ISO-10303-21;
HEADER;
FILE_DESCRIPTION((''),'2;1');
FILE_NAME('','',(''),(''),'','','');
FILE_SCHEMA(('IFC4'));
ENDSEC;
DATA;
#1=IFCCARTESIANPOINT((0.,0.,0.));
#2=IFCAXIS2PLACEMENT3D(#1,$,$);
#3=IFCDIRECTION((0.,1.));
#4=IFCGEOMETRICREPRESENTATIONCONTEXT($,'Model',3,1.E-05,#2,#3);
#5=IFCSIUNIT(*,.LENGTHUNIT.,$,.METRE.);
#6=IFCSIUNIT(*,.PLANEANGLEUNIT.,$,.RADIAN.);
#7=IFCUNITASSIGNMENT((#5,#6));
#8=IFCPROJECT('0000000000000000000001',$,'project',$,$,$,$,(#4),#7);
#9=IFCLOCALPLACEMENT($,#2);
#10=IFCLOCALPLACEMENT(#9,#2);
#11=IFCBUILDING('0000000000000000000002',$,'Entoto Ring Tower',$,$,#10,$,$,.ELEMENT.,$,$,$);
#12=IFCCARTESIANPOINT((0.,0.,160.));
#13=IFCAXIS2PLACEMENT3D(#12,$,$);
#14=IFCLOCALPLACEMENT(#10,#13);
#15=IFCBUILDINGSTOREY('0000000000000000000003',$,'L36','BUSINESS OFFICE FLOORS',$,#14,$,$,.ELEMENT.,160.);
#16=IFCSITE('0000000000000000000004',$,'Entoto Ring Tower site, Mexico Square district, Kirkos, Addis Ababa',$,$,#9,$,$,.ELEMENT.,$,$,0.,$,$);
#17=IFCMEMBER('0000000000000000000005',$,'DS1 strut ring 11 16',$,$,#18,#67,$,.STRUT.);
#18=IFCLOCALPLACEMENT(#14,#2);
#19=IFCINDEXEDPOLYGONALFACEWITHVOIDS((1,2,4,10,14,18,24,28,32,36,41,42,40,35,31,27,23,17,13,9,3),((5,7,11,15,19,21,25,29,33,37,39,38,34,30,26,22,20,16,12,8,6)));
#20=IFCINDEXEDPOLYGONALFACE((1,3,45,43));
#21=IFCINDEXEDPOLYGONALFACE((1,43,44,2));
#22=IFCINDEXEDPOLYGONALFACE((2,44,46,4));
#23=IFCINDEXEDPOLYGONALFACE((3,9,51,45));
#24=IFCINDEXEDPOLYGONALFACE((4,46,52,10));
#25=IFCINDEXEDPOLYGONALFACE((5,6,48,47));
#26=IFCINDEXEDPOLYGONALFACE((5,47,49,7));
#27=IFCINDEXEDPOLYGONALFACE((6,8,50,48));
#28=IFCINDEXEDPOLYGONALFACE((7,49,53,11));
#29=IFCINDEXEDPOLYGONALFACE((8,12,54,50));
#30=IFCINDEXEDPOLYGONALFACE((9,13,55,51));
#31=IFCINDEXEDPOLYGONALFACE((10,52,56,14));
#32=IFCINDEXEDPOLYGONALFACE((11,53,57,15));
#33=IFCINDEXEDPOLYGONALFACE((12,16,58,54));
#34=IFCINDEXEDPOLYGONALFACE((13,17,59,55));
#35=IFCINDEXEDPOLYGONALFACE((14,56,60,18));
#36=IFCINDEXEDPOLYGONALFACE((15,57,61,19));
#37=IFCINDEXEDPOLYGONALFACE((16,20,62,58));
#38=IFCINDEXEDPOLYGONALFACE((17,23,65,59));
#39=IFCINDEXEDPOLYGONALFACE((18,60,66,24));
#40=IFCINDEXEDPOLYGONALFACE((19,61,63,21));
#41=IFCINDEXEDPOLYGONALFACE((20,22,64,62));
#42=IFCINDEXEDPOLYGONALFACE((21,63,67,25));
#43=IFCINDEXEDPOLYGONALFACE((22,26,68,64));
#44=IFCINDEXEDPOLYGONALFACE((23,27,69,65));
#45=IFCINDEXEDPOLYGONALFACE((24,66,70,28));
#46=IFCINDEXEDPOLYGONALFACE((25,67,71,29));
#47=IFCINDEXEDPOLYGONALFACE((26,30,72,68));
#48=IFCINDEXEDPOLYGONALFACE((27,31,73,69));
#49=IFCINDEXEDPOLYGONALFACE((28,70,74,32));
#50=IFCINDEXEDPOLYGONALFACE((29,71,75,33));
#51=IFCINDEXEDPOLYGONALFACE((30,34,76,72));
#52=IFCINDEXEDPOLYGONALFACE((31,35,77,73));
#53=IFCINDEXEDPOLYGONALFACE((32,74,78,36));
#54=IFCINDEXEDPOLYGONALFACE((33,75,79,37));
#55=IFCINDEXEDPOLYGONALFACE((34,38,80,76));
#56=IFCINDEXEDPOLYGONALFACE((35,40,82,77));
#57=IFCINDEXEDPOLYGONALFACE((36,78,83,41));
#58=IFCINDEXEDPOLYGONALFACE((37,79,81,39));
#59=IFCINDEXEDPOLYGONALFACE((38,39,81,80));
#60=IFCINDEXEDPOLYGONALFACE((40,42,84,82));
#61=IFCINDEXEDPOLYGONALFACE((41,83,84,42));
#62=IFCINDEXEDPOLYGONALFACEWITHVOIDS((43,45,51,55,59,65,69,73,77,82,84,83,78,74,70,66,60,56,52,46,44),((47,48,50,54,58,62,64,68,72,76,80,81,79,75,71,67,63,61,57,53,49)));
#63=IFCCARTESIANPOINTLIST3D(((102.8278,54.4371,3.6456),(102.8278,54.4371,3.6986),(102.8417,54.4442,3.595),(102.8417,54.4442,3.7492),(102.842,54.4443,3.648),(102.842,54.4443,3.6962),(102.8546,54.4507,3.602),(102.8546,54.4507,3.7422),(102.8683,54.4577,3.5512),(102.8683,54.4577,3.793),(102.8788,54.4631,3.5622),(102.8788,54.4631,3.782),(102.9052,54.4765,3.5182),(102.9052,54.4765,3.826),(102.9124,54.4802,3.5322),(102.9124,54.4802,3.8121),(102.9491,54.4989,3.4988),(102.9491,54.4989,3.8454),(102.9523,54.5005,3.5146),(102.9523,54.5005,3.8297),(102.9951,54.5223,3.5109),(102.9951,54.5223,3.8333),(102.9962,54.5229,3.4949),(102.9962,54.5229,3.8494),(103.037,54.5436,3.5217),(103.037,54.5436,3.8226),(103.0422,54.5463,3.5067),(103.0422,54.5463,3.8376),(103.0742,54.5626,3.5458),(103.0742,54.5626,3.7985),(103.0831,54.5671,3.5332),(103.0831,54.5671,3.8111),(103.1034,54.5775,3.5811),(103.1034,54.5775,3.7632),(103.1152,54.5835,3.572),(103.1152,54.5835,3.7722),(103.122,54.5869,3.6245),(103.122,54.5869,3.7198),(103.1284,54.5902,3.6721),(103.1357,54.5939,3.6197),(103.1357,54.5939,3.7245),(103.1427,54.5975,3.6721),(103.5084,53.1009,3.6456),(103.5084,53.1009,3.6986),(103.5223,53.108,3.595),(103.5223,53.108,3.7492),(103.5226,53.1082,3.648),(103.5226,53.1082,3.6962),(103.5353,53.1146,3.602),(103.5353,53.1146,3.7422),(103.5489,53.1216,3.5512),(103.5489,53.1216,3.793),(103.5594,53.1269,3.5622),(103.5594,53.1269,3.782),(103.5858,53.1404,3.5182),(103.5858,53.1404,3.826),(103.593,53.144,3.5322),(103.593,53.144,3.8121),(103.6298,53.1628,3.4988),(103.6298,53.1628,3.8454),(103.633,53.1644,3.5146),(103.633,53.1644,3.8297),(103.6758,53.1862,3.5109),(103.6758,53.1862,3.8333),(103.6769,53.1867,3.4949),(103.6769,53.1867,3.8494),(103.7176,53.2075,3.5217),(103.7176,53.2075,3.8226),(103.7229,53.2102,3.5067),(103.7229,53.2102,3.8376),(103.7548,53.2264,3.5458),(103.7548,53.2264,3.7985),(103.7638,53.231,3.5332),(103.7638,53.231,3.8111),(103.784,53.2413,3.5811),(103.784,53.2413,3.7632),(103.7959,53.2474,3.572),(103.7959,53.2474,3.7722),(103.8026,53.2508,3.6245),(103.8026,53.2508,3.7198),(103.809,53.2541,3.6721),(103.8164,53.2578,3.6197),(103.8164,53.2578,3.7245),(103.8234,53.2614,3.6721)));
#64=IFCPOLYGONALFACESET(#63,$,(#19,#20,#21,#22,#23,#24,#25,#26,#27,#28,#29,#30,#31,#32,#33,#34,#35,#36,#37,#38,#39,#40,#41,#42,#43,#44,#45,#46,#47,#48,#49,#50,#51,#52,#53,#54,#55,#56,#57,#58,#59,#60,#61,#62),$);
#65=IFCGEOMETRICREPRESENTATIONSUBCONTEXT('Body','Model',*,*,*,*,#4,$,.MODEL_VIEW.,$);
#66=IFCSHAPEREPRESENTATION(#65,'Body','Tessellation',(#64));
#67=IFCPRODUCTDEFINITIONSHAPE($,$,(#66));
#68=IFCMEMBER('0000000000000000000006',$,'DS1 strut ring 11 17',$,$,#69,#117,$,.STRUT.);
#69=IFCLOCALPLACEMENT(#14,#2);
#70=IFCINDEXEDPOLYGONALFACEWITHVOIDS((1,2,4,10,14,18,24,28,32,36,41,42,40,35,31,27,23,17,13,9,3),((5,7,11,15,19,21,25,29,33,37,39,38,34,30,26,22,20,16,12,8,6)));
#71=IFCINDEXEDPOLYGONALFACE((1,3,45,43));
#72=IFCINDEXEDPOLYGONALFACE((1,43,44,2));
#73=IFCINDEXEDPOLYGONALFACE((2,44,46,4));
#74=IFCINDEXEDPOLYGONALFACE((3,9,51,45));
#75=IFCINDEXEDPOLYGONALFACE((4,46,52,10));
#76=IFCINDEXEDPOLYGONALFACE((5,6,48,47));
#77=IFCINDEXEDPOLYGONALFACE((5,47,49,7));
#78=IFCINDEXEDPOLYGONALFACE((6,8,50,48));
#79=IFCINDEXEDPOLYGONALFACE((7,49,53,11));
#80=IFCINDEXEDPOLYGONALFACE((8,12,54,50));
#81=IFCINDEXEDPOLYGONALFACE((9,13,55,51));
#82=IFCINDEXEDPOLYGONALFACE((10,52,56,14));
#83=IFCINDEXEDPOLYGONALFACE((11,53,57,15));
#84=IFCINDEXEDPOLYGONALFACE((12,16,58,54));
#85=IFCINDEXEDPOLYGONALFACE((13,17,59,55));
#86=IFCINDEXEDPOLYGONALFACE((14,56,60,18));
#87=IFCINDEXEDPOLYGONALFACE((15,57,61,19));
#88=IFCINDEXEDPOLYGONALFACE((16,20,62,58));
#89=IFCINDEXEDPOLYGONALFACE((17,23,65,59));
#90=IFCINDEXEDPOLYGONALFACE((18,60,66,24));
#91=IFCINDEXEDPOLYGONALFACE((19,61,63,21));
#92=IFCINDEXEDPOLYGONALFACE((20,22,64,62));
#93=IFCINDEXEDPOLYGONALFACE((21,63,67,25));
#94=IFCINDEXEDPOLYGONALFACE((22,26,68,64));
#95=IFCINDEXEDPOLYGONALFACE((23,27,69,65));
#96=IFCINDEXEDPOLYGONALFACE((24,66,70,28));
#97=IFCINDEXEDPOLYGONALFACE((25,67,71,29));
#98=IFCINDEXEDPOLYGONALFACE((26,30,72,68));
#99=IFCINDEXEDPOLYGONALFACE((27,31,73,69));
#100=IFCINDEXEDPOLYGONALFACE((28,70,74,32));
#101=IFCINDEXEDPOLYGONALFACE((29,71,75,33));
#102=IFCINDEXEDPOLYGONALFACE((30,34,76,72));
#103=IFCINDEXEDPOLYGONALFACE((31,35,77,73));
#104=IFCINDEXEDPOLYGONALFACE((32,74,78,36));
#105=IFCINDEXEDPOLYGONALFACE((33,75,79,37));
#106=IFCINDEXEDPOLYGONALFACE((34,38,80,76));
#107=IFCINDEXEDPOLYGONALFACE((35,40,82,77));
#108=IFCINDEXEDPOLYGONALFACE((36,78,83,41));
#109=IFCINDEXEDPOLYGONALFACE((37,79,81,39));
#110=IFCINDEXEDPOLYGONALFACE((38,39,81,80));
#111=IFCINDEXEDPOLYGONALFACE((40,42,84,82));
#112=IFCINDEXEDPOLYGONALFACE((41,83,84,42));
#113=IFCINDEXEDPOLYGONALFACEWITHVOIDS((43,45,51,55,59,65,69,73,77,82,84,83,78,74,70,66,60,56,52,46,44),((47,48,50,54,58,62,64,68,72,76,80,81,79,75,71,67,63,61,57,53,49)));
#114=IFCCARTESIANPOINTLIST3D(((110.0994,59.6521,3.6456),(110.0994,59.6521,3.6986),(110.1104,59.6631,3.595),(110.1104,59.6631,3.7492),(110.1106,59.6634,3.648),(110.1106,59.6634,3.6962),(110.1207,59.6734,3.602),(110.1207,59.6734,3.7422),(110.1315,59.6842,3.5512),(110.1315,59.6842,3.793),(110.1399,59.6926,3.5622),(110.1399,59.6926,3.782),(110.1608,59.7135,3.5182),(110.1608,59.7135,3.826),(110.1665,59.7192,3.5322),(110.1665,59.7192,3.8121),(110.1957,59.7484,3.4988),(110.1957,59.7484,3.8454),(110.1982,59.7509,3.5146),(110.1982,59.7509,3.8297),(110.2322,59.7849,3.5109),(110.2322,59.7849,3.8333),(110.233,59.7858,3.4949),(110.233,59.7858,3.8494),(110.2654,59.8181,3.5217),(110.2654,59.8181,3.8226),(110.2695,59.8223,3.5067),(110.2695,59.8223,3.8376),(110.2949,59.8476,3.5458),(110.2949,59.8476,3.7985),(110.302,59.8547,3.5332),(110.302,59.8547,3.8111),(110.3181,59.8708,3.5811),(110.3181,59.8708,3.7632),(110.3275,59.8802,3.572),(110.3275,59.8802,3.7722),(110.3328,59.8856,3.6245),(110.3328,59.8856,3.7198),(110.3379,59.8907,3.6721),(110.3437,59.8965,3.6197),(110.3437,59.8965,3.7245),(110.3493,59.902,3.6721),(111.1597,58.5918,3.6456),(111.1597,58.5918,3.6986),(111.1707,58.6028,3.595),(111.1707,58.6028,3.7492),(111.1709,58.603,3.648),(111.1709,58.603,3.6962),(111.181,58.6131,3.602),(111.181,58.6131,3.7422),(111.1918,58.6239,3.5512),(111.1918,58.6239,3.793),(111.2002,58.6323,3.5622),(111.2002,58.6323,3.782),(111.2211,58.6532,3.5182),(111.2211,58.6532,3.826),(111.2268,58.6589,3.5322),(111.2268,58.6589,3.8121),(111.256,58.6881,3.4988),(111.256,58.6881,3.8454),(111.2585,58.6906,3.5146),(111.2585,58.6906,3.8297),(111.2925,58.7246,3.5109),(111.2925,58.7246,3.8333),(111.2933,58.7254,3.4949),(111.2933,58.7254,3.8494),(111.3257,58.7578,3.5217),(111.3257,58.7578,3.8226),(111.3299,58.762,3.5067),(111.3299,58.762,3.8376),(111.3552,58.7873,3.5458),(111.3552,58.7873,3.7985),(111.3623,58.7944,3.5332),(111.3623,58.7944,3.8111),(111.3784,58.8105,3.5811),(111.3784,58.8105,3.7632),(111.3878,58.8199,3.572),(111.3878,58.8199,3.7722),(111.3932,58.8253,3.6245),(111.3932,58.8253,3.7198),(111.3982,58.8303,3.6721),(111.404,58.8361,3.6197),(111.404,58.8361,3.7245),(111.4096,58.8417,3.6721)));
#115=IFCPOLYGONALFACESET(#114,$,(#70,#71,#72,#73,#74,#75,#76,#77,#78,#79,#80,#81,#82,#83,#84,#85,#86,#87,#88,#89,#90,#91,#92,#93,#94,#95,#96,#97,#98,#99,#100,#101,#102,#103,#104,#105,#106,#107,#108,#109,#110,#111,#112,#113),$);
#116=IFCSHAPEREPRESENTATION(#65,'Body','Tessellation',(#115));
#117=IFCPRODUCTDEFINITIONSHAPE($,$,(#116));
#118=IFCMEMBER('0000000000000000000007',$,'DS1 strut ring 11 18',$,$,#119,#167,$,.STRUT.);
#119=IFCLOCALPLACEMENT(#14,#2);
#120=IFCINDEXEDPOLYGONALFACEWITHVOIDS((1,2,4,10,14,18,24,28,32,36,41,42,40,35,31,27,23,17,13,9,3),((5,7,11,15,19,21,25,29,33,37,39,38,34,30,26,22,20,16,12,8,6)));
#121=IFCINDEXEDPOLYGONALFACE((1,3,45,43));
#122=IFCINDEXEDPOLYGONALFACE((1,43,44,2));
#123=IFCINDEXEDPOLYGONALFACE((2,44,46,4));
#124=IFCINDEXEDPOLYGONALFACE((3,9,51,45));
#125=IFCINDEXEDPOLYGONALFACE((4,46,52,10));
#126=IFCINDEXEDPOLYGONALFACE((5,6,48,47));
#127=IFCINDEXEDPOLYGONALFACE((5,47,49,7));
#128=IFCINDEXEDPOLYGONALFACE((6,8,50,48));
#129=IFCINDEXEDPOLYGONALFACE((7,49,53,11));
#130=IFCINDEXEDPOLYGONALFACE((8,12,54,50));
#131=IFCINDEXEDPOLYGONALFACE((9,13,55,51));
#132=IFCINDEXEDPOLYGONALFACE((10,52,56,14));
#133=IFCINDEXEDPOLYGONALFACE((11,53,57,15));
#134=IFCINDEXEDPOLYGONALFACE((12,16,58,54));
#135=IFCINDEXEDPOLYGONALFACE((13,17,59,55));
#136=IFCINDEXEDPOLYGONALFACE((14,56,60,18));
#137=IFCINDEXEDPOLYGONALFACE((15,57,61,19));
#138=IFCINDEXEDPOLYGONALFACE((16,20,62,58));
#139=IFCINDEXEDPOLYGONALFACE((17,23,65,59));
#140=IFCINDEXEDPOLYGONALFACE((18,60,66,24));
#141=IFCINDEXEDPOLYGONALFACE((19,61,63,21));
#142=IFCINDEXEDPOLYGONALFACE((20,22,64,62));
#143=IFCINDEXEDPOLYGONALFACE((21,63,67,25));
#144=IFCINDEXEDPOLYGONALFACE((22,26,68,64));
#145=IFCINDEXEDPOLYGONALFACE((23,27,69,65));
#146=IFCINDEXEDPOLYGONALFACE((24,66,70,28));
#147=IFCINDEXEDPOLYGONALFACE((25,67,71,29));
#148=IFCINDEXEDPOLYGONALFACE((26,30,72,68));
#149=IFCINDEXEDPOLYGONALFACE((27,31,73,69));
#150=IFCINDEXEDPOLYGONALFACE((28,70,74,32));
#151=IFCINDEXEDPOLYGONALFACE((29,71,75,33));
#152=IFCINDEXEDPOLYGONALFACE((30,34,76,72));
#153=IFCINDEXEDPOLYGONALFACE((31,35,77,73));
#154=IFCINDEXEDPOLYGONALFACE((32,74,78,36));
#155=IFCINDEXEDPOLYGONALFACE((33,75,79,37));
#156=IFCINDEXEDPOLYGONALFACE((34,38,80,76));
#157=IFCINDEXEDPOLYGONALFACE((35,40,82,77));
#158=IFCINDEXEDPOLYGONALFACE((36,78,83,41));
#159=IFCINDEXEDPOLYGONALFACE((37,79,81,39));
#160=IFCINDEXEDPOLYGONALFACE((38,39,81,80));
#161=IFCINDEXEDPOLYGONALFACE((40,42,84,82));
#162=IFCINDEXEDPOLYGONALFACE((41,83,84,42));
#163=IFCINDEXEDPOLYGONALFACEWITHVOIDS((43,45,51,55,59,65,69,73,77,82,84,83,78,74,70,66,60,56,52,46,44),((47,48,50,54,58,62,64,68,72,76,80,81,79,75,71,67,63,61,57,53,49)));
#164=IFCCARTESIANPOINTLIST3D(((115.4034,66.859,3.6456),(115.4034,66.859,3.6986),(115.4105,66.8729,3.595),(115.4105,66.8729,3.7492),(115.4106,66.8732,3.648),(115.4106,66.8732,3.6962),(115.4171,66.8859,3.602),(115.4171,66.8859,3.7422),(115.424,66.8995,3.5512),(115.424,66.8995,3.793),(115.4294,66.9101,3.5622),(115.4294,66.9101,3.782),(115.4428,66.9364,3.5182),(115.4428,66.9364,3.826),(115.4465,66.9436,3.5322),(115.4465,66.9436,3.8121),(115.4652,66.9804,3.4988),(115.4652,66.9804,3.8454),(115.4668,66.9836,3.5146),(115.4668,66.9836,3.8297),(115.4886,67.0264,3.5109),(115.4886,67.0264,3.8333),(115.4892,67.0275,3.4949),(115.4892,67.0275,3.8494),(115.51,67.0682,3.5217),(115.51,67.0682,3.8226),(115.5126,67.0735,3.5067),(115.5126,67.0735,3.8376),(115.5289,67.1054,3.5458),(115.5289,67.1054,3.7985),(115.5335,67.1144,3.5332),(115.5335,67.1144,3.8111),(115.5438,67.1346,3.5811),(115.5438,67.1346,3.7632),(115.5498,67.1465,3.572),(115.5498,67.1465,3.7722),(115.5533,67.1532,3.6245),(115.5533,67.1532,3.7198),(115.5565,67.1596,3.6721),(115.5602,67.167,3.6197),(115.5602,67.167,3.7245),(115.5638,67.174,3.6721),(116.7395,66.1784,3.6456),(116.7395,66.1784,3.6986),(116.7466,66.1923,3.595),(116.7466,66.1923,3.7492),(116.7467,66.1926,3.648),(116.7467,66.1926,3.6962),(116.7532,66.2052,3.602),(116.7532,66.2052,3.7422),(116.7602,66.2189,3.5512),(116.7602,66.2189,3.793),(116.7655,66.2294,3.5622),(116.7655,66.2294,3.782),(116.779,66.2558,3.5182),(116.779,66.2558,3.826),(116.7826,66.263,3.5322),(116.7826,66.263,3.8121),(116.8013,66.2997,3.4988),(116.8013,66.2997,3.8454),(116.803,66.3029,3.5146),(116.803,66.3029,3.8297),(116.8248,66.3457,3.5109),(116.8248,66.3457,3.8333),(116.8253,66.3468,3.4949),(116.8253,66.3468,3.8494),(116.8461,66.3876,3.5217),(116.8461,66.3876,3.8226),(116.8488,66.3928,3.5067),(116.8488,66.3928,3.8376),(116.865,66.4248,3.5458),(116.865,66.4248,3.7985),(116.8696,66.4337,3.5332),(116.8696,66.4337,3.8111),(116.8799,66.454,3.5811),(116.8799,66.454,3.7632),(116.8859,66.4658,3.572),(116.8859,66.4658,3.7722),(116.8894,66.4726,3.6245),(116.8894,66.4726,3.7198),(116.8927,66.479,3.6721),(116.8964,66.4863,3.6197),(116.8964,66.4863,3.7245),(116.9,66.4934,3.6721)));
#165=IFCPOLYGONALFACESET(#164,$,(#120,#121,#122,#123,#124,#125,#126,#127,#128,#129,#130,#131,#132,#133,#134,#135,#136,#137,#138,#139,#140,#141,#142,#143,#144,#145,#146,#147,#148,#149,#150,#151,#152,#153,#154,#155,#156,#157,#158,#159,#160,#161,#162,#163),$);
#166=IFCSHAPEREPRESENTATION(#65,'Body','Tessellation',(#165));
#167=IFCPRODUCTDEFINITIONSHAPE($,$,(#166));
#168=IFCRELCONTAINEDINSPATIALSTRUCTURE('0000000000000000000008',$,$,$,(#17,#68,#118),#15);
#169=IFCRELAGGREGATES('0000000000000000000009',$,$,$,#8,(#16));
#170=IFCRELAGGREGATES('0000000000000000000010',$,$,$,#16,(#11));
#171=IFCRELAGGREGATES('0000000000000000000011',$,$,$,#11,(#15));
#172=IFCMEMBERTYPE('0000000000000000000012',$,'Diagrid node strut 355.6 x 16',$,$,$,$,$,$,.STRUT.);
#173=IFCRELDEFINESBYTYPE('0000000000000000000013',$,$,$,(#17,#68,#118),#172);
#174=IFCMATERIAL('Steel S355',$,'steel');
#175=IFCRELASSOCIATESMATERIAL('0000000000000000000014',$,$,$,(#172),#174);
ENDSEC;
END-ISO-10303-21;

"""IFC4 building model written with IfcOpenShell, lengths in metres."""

from ifc_helpers import new_model, si_unit, direction, frame, origin, origin_2d, place, context, subcontext, project, spatial, circle, hollow_circle, extrude, material, material_profile, profile_set, type_object, element, save


model = new_model("IFC4")

# Units and contexts
model_context = context("Model", 3, precision=1e-05, world=origin(), true_north=direction((0.0, 1.0)))
body_context = subcontext(model_context, "Body", "Model", "MODEL_VIEW")
ifc_project = project(units=[si_unit("LENGTHUNIT", "METRE"), si_unit("PLANEANGLEUNIT", "RADIAN")], contexts=[model_context])

# Site, building, storey
site_placement = place(None, origin())
site = spatial("IfcSite", under=ifc_project, at=site_placement, Name="Entoto Ring Tower site, Mexico Square district, Kirkos, Addis Ababa", CompositionType="ELEMENT", RefElevation=0.0)
building_placement = place(site_placement, origin())
building = spatial("IfcBuilding", under=site, at=building_placement, Name="Entoto Ring Tower", CompositionType="ELEMENT")
storey_placement = place(building_placement, frame((0.0, 0.0, 160.0)))
storey = spatial("IfcBuildingStorey", under=building, at=storey_placement, Name="L36", Description="BUSINESS OFFICE FLOORS", CompositionType="ELEMENT", Elevation=160.0)

# Members
ifc_material_1 = material(Name="Steel S355", Category="steel")
ifc_material_profile_1 = material_profile(ifc_material_1, hollow_circle(Radius=0.1777, WallThickness=0.0161, at=origin_2d()), Name="CHS 355.6 x 16")
ifc_material_2 = material(Name="Concrete C60/75", Category="concrete")
ifc_material_profile_2 = material_profile(ifc_material_2, circle(Radius=0.1619, at=origin_2d()), Name="Concrete C60/75 infill")
ifc_profile_set_1 = profile_set([ifc_material_profile_1, ifc_material_profile_2], Name="Steel S355")
member_type = type_object("IfcMemberType", Name="Diagrid node strut 355.6 x 16", PredefinedType="STRUT", material=ifc_profile_set_1)
for number, where, z_axis, x_axis, name in (
    (1, (102.9844, 54.5168, 3.6721), (0.453909, -0.891048, 0.0), (0.891048, 0.453909, 0.0), "DS1 strut ring 11 16"),
    (2, (110.2236, 59.7764, 3.6721), (0.707107, -0.707107, 0.0), (0.707107, 0.707107, 0.0), "DS1 strut ring 11 17"),
    (3, (115.4832, 67.0156, 3.6721), (0.891048, -0.453909, 0.0), (0.453909, 0.891048, 0.0), "DS1 strut ring 11 18"),
):
    element("IfcMember", number, at=place(storey_placement, frame(where, z_axis=z_axis, x_axis=x_axis)), inside=storey, type_object=member_type, Name=name, PredefinedType="STRUT", context=body_context, shape_type="SweptSolid", body=[
        extrude(hollow_circle(Radius=0.1777, WallThickness=0.0161, at=origin_2d()), origin(), (0.0, 0.0, 1.0), 1.4995),
    ])

save(model, "model.ifc")
